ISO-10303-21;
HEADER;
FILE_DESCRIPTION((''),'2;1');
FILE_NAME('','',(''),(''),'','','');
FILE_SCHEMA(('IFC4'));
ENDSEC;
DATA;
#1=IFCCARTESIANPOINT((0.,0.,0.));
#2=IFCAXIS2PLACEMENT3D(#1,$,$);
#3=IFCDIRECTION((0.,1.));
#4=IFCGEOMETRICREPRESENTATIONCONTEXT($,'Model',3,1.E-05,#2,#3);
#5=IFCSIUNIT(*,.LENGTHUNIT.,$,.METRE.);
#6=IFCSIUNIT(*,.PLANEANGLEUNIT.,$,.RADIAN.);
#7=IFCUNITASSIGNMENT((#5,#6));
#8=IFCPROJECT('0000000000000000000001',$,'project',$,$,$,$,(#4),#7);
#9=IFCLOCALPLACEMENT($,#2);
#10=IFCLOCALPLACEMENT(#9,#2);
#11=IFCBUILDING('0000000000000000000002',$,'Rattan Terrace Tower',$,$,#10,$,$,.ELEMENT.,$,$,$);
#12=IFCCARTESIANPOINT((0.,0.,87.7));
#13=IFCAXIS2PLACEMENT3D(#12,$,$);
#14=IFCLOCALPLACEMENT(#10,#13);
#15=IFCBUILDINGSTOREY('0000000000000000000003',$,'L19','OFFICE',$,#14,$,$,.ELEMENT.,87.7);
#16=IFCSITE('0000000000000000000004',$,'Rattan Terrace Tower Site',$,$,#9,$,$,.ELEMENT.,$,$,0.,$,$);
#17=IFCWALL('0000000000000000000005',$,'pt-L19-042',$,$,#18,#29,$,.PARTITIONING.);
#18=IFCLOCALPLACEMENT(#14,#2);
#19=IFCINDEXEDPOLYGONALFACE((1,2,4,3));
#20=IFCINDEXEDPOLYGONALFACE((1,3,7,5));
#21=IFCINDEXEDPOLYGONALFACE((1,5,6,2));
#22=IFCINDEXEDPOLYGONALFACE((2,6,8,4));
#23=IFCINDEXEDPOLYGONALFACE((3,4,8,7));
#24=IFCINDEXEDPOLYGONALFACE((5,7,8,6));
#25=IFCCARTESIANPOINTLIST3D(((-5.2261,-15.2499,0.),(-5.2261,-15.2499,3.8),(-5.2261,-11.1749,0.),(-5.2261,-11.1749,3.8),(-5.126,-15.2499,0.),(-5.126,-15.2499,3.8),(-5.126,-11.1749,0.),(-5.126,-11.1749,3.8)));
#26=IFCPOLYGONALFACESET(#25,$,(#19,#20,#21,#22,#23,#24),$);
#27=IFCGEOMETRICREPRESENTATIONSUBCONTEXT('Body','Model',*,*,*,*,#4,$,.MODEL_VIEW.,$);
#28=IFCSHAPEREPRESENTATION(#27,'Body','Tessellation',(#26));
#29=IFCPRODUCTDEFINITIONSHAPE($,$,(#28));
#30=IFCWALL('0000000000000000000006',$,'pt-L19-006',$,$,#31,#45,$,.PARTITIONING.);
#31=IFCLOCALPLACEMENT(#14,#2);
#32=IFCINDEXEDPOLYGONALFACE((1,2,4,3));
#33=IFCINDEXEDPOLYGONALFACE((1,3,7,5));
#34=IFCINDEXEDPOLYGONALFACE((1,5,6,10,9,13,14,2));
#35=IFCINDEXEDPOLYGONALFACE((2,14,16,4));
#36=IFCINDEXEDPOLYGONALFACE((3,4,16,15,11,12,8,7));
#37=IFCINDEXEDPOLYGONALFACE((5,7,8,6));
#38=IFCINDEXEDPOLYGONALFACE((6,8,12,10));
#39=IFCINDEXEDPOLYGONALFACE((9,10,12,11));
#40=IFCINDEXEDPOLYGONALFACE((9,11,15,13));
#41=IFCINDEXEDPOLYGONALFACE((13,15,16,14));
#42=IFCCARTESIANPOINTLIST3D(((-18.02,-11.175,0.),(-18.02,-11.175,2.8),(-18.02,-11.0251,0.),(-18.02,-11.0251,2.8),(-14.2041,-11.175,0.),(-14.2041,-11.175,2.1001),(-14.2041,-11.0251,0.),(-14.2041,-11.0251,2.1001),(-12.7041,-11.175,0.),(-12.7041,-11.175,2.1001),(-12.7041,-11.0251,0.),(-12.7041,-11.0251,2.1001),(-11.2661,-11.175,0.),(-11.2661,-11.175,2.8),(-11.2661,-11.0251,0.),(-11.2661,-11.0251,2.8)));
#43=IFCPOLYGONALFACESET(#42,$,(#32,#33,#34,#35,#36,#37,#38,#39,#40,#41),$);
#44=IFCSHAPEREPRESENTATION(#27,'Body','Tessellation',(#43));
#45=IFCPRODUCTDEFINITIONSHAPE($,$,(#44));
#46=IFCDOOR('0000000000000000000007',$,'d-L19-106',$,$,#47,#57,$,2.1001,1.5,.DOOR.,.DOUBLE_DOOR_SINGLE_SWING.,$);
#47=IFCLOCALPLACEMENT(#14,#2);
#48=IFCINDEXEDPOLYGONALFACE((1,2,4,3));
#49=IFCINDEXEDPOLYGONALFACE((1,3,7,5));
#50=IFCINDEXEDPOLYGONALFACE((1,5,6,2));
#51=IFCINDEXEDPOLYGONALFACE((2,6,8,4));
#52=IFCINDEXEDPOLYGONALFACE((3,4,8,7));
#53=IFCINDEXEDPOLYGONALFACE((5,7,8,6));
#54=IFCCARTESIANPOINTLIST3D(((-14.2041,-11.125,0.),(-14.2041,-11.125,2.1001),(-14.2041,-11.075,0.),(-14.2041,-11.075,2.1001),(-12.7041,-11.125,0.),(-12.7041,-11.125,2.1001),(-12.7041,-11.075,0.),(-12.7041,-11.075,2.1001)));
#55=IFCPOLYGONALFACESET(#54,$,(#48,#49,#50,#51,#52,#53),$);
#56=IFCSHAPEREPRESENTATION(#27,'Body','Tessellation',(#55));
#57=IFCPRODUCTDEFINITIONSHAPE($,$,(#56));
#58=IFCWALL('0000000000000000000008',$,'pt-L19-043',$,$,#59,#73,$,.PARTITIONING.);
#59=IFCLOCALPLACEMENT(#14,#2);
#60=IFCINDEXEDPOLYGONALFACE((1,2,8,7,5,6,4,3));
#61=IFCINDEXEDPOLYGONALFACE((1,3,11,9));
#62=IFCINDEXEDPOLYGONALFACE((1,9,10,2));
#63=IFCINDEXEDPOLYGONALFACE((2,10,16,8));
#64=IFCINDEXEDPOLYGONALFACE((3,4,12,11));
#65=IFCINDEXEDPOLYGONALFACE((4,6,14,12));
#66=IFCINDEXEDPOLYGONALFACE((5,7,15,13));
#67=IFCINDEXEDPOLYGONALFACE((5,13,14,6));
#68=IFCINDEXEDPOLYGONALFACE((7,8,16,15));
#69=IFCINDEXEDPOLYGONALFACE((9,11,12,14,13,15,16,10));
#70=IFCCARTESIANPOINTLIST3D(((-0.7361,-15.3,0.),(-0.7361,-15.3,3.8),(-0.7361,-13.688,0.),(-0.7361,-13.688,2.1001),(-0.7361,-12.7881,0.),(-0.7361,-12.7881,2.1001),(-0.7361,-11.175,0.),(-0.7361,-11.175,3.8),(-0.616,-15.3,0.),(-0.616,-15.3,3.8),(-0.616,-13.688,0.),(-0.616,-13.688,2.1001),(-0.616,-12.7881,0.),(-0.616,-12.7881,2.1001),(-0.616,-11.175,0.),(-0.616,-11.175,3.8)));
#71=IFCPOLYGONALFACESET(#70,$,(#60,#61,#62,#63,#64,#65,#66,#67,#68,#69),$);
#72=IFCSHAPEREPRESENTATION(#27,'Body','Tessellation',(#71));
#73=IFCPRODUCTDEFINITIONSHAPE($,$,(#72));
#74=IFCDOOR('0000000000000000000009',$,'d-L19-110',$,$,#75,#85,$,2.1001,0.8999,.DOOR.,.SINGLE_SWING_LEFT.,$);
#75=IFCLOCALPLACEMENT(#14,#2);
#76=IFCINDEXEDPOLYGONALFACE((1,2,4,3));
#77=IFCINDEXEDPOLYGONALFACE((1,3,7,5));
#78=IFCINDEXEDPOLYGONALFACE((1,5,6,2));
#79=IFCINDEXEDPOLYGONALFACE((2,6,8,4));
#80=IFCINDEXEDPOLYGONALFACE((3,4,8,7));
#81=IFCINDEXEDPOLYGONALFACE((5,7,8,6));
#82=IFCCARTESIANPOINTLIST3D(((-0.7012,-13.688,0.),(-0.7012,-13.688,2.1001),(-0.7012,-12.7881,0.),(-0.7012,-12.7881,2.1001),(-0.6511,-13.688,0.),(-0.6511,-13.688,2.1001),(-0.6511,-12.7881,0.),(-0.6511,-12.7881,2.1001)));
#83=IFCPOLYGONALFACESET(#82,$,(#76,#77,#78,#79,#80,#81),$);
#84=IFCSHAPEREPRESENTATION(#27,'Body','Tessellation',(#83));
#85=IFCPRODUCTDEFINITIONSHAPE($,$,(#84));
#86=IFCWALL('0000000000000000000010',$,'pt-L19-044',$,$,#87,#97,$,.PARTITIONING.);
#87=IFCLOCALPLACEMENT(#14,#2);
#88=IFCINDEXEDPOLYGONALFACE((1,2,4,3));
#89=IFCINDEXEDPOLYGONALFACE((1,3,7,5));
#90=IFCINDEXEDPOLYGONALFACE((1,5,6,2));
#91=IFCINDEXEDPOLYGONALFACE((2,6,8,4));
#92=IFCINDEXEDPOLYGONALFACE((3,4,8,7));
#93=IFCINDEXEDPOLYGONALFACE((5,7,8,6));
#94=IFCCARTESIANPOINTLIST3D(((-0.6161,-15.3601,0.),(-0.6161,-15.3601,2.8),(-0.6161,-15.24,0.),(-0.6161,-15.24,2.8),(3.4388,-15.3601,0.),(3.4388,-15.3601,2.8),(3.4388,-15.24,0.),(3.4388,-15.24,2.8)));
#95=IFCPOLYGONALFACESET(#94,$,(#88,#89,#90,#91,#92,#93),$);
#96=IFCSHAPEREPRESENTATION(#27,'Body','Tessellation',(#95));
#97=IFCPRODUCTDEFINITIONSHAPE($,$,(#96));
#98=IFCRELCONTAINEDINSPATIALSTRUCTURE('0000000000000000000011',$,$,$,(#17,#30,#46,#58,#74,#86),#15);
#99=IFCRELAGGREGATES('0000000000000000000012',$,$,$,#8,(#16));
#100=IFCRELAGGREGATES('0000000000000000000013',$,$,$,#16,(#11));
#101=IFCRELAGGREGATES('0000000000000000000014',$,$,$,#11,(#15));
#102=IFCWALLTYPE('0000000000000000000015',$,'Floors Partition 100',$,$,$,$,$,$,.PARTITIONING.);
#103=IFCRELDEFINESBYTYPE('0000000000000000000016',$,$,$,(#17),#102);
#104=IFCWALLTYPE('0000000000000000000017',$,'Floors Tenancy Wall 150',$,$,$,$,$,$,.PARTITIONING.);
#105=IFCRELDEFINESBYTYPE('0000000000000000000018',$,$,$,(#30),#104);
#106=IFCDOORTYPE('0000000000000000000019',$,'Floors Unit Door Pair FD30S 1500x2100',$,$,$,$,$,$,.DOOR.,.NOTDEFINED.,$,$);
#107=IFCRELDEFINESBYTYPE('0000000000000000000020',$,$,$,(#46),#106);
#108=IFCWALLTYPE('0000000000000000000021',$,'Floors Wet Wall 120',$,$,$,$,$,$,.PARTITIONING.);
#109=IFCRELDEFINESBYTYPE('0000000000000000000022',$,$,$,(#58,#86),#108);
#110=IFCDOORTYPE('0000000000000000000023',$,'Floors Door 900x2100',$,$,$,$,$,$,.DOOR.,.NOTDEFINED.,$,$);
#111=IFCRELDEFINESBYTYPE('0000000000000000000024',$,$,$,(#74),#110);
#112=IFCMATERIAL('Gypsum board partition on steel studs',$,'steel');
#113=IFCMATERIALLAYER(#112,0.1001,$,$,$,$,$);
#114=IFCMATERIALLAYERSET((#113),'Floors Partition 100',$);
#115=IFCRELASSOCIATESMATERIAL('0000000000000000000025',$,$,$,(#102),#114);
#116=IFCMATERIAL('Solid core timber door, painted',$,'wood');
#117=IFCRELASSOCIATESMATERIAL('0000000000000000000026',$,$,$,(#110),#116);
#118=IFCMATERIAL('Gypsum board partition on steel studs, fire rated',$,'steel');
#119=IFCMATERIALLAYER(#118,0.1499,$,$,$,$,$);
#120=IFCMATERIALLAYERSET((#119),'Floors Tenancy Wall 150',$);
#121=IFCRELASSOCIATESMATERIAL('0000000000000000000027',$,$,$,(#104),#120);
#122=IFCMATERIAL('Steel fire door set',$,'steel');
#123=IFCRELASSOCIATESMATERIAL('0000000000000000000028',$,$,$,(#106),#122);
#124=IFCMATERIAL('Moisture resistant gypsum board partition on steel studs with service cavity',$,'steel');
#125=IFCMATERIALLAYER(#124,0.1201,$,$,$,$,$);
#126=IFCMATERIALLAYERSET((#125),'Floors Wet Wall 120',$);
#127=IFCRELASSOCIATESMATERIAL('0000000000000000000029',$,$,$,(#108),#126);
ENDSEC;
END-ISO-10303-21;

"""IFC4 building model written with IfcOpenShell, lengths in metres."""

from ifc_helpers import new_model, si_unit, direction, frame, frame_2d, origin, place, context, subcontext, project, spatial, rectangle, extrude, material, layer, layer_set, type_object, element, fill, save


model = new_model("IFC4")

# Units and contexts
model_context = context("Model", 3, precision=1e-05, world=origin(), true_north=direction((0.0, 1.0)))
body_context = subcontext(model_context, "Body", "Model", "MODEL_VIEW")
ifc_project = project(units=[si_unit("LENGTHUNIT", "METRE"), si_unit("PLANEANGLEUNIT", "RADIAN")], contexts=[model_context])

# Site, building, storey
site_placement = place(None, origin())
site = spatial("IfcSite", under=ifc_project, at=site_placement, Name="Rattan Terrace Tower Site", CompositionType="ELEMENT", RefElevation=0.0)
building_placement = place(site_placement, origin())
building = spatial("IfcBuilding", under=site, at=building_placement, Name="Rattan Terrace Tower", CompositionType="ELEMENT")
storey_placement = place(building_placement, frame((0.0, 0.0, 87.7)))
storey = spatial("IfcBuildingStorey", under=building, at=storey_placement, Name="L19", Description="OFFICE", CompositionType="ELEMENT", Elevation=87.7)

# Shared definitions
ifc_material_1 = material(Name="Gypsum board partition on steel studs", Category="steel")
ifc_layer_1 = layer(ifc_material_1, 0.1001)
ifc_layer_set_1 = layer_set([ifc_layer_1], Name="Floors Partition 100")
wall_type_1 = type_object("IfcWallType", Name="Floors Partition 100", PredefinedType="PARTITIONING", material=ifc_layer_set_1)

# Shared definitions
ifc_material_2 = material(Name="Solid core timber door, painted", Category="wood")
door_type_1 = type_object("IfcDoorType", Name="Floors Door 900x2100", OperationType="NOTDEFINED", PredefinedType="DOOR", material=ifc_material_2)

# Wall
wall_1_placement = place(storey_placement, frame((-5.176, -15.25, 0.0), z_axis=(0.0, 0.0, 1.0), x_axis=(0.0, 1.0, 0.0)))
element("IfcWall", 1, at=wall_1_placement, inside=storey, type_object=wall_type_1, Name="pt-L19-042", PredefinedType="PARTITIONING", context=body_context, shape_type="SweptSolid", body=[
    extrude(rectangle(XDim=4.075, YDim=0.1001, at=frame_2d((2.0376, 0.0))), origin(), (0.0, 0.0, 1.0), 3.8),
])

# Walls, openings, doors
ifc_material_3 = material(Name="Gypsum board partition on steel studs, fire rated", Category="steel")
ifc_layer_2 = layer(ifc_material_3, 0.1499)
ifc_layer_set_2 = layer_set([ifc_layer_2], Name="Floors Tenancy Wall 150")
wall_type_2 = type_object("IfcWallType", Name="Floors Tenancy Wall 150", PredefinedType="PARTITIONING", material=ifc_layer_set_2)
wall_2_placement = place(storey_placement, frame((-11.2661, -11.1001, 0.0), z_axis=(0.0, 0.0, 1.0), x_axis=(-1.0, 0.0, 0.0)))
wall_2 = element("IfcWall", 2, at=wall_2_placement, inside=storey, type_object=wall_type_2, Name="pt-L19-006", PredefinedType="PARTITIONING", context=body_context, shape_type="SweptSolid", body=[
    extrude(rectangle(XDim=6.7539, YDim=0.1499, at=frame_2d((3.377, 0.0))), origin(), (0.0, 0.0, 1.0), 2.8),
])
opening_1_placement = place(wall_2_placement, frame((1.438, 0.0, 0.0)))
opening_1 = element("IfcOpeningElement", 3, at=opening_1_placement, cuts=wall_2, PredefinedType="OPENING", context=body_context, shape_type="SweptSolid", body=[
    extrude(rectangle(XDim=1.5, YDim=2.1001, at=frame_2d((0.75, 1.05))), frame((0.0, 0.0854, 0.0), z_axis=(0.0, -1.0, 0.0), x_axis=(1.0, 0.0, 0.0)), (0.0, 0.0, 1.0), 0.1709),
])
ifc_material_4 = material(Name="Steel fire door set", Category="steel")
door_type_2 = type_object("IfcDoorType", Name="Floors Unit Door Pair FD30S 1500x2100", OperationType="NOTDEFINED", PredefinedType="DOOR", material=ifc_material_4)
door_1_placement = place(opening_1_placement, origin())
door_1 = element("IfcDoor", 4, at=door_1_placement, inside=storey, type_object=door_type_2, Name="d-L19-106", OperationType="DOUBLE_DOOR_SINGLE_SWING", OverallHeight=2.1001, OverallWidth=1.5, PredefinedType="DOOR", context=body_context, shape_type="SweptSolid", body=[
    extrude(rectangle(XDim=1.5, YDim=2.1001, at=frame_2d((0.75, 1.05))), frame((0.0, 0.0249, 0.0), z_axis=(0.0, -1.0, 0.0), x_axis=(1.0, 0.0, 0.0)), (0.0, 0.0, 1.0), 0.05),
])
fill(opening_1, door_1)
ifc_material_5 = material(Name="Moisture resistant gypsum board partition on steel studs with service cavity", Category="steel")
ifc_layer_3 = layer(ifc_material_5, 0.1201)
ifc_layer_set_3 = layer_set([ifc_layer_3], Name="Floors Wet Wall 120")
wall_type_3 = type_object("IfcWallType", Name="Floors Wet Wall 120", PredefinedType="PARTITIONING", material=ifc_layer_set_3)
wall_3_placement = place(storey_placement, frame((-0.676, -11.175, 0.0), z_axis=(0.0, 0.0, 1.0), x_axis=(0.0, -1.0, 0.0)))
wall_3 = element("IfcWall", 5, at=wall_3_placement, inside=storey, type_object=wall_type_3, Name="pt-L19-043", PredefinedType="PARTITIONING", context=body_context, shape_type="SweptSolid", body=[
    extrude(rectangle(XDim=4.125, YDim=0.1201, at=frame_2d((2.0625, 0.0))), origin(), (0.0, 0.0, 1.0), 3.8),
])
opening_2_placement = place(wall_3_placement, frame((1.613, 0.0, 0.0)))
opening_2 = element("IfcOpeningElement", 6, at=opening_2_placement, cuts=wall_3, PredefinedType="OPENING", context=body_context, shape_type="SweptSolid", body=[
    extrude(rectangle(XDim=0.8999, YDim=2.1001, at=frame_2d((0.45, 1.05))), frame((0.0, 0.0706, 0.0), z_axis=(0.0, -1.0, 0.0), x_axis=(1.0, 0.0, 0.0)), (0.0, 0.0, 1.0), 0.1411),
])
door_2_placement = place(opening_2_placement, origin())
door_2 = element("IfcDoor", 7, at=door_2_placement, inside=storey, type_object=door_type_1, Name="d-L19-110", OperationType="SINGLE_SWING_LEFT", OverallHeight=2.1001, OverallWidth=0.8999, PredefinedType="DOOR", context=body_context, shape_type="SweptSolid", body=[
    extrude(rectangle(XDim=0.8999, YDim=2.1001, at=frame_2d((0.45, 1.05))), frame((0.0, 0.0249, 0.0), z_axis=(0.0, -1.0, 0.0), x_axis=(1.0, 0.0, 0.0)), (0.0, 0.0, 1.0), 0.05),
])
fill(opening_2, door_2)

# Wall
wall_4_placement = place(storey_placement, frame((-0.616, -15.3, 0.0), z_axis=(0.0, 0.0, 1.0), x_axis=(1.0, 0.0, 0.0)))
element("IfcWall", 8, at=wall_4_placement, inside=storey, type_object=wall_type_3, Name="pt-L19-044", PredefinedType="PARTITIONING", context=body_context, shape_type="SweptSolid", body=[
    extrude(rectangle(XDim=4.0549, YDim=0.1201, at=frame_2d((2.0273, 0.0))), origin(), (0.0, 0.0, 1.0), 2.8),
])

save(model, "model.ifc")
